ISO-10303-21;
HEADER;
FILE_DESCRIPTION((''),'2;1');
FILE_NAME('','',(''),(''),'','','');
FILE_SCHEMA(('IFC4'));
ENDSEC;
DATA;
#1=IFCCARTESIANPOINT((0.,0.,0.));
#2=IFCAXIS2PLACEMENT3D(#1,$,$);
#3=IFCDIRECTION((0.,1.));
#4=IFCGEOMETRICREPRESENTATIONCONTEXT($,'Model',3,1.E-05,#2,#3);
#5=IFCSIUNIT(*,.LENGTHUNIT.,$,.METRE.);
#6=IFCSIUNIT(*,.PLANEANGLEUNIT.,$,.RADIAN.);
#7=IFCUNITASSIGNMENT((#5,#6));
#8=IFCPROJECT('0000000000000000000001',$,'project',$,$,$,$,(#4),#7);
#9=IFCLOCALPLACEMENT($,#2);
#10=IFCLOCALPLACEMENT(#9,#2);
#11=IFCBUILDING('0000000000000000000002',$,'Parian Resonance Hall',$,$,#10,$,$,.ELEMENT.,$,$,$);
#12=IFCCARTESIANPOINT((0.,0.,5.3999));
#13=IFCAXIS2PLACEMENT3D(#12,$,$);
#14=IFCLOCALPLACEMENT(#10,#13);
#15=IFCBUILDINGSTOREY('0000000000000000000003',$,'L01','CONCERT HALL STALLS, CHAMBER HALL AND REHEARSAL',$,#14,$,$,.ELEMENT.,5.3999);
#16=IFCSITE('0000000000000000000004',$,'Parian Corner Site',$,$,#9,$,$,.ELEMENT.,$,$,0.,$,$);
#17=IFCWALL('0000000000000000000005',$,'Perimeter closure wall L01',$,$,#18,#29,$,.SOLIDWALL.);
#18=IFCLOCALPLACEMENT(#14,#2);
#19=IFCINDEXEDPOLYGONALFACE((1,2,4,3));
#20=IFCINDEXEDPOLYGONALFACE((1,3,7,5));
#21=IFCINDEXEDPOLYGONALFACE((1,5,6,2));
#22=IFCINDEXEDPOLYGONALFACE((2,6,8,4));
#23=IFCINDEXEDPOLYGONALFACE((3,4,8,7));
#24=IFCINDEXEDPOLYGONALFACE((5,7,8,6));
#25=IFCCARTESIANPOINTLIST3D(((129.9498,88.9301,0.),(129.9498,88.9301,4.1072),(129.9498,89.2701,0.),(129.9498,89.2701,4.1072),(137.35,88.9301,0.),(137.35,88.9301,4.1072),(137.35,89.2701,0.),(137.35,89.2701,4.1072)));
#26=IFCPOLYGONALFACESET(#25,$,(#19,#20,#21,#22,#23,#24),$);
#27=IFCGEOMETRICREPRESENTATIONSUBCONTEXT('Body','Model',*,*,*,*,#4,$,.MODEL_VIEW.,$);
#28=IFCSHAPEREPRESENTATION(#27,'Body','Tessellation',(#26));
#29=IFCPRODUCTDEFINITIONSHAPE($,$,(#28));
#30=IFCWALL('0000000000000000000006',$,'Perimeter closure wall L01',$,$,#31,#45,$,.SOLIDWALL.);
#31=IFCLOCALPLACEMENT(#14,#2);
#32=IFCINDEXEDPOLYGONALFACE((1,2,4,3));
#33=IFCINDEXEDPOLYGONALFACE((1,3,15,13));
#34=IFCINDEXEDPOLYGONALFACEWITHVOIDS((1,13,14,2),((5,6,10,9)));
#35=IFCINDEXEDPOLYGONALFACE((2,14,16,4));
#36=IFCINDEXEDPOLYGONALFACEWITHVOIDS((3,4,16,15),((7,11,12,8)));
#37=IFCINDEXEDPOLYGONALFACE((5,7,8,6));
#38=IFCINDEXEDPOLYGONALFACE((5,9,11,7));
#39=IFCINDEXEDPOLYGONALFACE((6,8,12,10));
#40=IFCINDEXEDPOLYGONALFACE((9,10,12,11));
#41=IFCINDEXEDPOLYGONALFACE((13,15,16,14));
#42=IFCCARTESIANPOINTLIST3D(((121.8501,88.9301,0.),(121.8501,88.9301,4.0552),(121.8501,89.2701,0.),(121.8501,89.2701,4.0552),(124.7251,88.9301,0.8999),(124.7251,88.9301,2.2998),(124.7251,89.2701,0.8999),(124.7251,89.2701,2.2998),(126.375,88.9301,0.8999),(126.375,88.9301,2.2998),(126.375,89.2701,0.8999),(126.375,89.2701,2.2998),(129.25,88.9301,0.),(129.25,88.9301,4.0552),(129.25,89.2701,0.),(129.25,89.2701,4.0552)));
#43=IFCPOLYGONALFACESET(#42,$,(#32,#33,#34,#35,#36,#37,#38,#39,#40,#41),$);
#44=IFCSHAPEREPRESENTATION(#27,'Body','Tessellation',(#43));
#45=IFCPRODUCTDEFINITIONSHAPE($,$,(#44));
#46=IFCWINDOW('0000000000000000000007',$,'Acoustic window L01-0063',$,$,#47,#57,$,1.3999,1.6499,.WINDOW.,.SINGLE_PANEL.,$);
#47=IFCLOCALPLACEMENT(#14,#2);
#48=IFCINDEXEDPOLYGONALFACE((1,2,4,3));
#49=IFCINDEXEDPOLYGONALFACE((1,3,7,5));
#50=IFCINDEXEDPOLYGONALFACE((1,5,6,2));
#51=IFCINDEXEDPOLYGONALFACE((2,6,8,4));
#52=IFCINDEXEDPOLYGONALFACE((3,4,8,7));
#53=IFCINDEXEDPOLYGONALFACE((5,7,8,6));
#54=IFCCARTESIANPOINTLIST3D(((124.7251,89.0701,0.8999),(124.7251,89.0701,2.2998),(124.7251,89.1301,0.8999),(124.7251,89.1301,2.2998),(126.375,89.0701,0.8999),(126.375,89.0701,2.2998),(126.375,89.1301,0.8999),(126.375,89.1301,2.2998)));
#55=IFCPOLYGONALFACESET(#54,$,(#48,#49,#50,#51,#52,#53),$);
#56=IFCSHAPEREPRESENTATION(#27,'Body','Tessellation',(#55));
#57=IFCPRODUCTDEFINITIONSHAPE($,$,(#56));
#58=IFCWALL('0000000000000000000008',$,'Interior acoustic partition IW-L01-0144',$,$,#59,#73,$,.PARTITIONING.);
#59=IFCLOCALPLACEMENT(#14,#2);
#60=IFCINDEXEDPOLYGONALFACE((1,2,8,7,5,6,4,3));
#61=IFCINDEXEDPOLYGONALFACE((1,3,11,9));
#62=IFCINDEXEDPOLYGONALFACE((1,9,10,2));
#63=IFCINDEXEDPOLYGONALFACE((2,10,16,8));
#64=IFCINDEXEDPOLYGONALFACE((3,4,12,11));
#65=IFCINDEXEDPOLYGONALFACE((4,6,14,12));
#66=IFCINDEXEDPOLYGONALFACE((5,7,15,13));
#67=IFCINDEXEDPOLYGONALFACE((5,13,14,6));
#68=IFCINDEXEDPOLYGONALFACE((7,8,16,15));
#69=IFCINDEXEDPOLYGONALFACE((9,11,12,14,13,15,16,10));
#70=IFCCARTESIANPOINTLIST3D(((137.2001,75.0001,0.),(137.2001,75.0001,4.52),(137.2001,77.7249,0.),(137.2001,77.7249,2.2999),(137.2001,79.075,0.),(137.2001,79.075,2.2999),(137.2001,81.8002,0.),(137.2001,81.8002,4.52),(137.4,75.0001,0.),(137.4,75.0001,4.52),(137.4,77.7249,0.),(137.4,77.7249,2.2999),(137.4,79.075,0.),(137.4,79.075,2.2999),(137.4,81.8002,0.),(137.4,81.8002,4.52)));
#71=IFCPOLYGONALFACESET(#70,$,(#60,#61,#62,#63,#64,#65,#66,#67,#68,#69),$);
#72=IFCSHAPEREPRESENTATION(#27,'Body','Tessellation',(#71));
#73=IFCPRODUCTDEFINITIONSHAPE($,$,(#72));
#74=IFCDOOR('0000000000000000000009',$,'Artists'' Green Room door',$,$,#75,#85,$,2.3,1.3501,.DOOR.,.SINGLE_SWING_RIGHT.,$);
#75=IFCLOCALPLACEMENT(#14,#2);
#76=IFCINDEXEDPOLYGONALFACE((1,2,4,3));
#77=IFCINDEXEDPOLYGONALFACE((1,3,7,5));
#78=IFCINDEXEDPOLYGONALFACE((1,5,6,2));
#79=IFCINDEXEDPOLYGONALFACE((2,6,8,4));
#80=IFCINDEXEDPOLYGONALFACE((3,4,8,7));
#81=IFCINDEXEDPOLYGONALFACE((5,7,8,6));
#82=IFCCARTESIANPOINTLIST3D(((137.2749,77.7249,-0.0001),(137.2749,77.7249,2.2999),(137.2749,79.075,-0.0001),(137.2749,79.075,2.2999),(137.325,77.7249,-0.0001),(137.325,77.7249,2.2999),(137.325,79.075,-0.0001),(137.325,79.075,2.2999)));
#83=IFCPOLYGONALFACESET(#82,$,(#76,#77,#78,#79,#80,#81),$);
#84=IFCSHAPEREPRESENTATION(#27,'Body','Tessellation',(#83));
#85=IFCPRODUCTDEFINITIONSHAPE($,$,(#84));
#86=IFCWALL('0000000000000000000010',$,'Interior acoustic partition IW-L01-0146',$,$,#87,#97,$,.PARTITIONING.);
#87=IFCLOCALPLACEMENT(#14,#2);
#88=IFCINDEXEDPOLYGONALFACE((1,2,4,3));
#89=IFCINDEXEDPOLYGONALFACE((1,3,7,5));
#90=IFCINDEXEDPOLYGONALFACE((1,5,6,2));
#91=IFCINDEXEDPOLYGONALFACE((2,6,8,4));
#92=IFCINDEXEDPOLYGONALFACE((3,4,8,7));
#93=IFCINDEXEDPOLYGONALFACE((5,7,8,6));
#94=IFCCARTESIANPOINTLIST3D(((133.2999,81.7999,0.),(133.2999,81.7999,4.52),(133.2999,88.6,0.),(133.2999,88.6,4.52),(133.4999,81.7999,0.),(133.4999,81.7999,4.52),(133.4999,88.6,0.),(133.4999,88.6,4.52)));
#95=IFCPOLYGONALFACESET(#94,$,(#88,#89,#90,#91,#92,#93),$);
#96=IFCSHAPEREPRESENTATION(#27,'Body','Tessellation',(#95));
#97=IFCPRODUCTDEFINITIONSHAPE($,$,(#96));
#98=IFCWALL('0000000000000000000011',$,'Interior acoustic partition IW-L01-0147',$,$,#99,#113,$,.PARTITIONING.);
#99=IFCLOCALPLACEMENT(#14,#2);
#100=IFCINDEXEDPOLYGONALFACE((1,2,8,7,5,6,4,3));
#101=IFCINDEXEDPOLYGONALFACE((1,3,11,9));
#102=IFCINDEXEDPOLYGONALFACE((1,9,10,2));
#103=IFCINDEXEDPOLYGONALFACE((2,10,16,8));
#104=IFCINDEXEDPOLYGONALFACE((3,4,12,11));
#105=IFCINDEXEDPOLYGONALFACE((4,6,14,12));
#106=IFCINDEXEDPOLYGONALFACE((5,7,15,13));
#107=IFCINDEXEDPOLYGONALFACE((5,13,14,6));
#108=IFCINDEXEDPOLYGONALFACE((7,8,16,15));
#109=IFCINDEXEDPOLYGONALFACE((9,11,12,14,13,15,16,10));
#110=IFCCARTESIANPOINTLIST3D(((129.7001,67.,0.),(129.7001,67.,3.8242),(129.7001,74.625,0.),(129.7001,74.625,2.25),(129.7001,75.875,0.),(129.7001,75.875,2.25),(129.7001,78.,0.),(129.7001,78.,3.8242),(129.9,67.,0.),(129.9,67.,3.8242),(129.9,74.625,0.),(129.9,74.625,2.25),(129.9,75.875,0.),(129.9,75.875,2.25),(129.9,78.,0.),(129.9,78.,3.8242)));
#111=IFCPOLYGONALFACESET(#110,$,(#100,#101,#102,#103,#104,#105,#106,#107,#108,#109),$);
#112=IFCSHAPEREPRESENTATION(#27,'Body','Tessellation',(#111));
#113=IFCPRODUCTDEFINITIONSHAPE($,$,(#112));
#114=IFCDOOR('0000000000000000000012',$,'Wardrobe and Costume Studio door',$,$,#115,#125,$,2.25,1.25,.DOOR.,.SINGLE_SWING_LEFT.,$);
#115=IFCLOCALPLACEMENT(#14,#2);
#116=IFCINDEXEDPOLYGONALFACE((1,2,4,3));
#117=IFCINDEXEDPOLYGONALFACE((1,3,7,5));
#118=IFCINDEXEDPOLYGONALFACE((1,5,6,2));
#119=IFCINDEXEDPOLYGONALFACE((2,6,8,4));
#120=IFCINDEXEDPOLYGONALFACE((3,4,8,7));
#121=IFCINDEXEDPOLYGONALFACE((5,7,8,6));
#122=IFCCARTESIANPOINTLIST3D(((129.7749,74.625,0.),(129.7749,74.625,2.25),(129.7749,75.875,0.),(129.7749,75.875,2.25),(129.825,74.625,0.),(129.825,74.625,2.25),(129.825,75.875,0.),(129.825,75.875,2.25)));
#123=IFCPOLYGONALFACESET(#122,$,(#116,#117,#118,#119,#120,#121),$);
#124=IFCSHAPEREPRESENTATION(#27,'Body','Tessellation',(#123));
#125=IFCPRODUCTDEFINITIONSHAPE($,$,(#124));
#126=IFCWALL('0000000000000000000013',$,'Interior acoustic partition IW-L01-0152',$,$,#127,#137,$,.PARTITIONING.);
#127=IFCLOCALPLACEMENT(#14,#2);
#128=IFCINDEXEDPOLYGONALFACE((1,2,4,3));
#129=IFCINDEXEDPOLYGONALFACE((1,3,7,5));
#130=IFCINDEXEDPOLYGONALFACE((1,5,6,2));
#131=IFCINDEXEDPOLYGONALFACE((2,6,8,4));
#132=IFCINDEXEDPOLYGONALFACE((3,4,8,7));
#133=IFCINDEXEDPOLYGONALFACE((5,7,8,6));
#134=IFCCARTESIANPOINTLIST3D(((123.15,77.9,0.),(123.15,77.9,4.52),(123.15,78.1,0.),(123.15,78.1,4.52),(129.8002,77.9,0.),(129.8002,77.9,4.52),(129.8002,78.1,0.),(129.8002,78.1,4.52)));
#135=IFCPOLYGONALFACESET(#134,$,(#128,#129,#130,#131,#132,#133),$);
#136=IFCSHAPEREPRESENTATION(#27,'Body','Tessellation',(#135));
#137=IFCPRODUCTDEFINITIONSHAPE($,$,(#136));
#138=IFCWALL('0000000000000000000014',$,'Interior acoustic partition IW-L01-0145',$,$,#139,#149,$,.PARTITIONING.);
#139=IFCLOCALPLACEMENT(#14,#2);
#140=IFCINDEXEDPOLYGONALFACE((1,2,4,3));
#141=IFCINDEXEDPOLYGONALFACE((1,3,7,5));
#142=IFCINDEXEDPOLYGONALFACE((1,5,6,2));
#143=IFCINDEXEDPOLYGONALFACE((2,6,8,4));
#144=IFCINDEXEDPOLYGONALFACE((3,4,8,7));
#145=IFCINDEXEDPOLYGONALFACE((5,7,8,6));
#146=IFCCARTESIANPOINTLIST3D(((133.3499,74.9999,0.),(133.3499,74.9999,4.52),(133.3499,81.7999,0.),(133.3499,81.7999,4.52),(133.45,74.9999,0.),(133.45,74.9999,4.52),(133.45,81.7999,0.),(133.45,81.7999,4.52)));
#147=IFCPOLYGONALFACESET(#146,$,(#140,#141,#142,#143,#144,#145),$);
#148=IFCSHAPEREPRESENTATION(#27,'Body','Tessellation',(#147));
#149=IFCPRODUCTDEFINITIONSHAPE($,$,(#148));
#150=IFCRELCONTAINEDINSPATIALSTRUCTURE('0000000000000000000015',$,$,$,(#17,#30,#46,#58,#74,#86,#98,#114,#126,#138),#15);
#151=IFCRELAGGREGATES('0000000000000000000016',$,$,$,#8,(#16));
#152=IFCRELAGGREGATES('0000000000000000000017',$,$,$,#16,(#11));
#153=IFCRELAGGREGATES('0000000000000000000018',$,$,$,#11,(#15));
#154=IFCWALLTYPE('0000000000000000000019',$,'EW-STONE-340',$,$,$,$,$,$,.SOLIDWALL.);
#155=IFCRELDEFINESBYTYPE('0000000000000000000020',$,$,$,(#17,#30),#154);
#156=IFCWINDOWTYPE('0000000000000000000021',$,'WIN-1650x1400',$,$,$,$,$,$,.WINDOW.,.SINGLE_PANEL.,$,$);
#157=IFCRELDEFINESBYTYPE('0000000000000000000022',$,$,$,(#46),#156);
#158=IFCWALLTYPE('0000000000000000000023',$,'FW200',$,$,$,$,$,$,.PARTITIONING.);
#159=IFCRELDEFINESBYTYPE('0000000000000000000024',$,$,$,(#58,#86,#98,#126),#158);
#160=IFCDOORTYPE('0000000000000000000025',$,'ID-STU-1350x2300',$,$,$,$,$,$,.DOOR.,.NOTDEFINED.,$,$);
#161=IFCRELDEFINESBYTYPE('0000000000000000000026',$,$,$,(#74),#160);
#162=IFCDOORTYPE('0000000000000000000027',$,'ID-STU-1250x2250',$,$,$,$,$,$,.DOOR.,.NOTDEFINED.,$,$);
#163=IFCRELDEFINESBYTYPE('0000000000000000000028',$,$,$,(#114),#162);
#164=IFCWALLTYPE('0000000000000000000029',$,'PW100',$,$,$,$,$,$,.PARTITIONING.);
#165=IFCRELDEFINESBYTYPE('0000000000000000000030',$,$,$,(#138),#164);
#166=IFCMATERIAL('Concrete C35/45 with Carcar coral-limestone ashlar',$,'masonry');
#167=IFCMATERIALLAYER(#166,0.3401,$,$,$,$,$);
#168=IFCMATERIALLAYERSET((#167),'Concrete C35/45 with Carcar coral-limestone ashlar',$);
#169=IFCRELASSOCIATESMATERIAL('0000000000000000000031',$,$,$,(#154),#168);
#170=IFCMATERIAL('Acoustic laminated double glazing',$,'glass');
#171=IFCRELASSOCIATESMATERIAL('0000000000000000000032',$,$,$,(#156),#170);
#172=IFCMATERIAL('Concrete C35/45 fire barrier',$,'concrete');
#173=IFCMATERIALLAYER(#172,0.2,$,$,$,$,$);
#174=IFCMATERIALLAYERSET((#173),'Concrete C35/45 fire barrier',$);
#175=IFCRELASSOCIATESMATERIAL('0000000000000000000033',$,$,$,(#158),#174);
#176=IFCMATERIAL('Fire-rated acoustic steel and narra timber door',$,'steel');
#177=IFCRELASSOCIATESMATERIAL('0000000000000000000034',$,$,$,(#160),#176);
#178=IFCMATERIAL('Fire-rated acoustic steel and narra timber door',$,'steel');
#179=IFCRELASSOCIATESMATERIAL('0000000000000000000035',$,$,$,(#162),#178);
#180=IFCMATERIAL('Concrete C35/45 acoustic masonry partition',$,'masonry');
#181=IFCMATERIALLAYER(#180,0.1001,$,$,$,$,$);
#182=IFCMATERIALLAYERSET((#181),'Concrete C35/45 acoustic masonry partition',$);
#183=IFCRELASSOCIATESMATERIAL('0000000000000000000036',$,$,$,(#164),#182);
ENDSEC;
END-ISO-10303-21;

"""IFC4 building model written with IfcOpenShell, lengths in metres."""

from ifc_helpers import new_model, si_unit, direction, frame, frame_2d, origin, place, context, subcontext, project, spatial, rectangle, extrude, material, layer, layer_set, type_object, element, fill, save


model = new_model("IFC4")

# Units and contexts
model_context = context("Model", 3, precision=1e-05, world=origin(), true_north=direction((0.0, 1.0)))
body_context = subcontext(model_context, "Body", "Model", "MODEL_VIEW")
ifc_project = project(units=[si_unit("LENGTHUNIT", "METRE"), si_unit("PLANEANGLEUNIT", "RADIAN")], contexts=[model_context])

# Site, building, storey
site_placement = place(None, origin())
site = spatial("IfcSite", under=ifc_project, at=site_placement, Name="Parian Corner Site", CompositionType="ELEMENT", RefElevation=0.0)
building_placement = place(site_placement, origin())
building = spatial("IfcBuilding", under=site, at=building_placement, Name="Parian Resonance Hall", CompositionType="ELEMENT")
storey_placement = place(building_placement, frame((0.0, 0.0, 5.3999)))
storey = spatial("IfcBuildingStorey", under=building, at=storey_placement, Name="L01", Description="CONCERT HALL STALLS, CHAMBER HALL AND REHEARSAL", CompositionType="ELEMENT", Elevation=5.3999)

# Wall
ifc_material_1 = material(Name="Concrete C35/45 with Carcar coral-limestone ashlar", Category="masonry")
ifc_layer_1 = layer(ifc_material_1, 0.3401)
ifc_layer_set_1 = layer_set([ifc_layer_1], Name="Concrete C35/45 with Carcar coral-limestone ashlar")
wall_type_1 = type_object("IfcWallType", Name="EW-STONE-340", PredefinedType="SOLIDWALL", material=ifc_layer_set_1)
wall_1_placement = place(storey_placement, frame((137.3501, 89.1001, 0.0), z_axis=(0.0, 0.0, 1.0), x_axis=(-1.0, 0.0, 0.0)))
element("IfcWall", 1, at=wall_1_placement, inside=storey, type_object=wall_type_1, Name="Perimeter closure wall L01", PredefinedType="SOLIDWALL", context=body_context, shape_type="SweptSolid", body=[
    extrude(rectangle(XDim=7.4001, YDim=0.3401, at=frame_2d((3.7002, 0.0))), origin(), (0.0, 0.0, 1.0), 4.1072),
])

# Wall, opening, window
wall_2_placement = place(storey_placement, frame((129.25, 89.1001, 0.0), z_axis=(0.0, 0.0, 1.0), x_axis=(-1.0, 0.0, 0.0)))
wall_2 = element("IfcWall", 2, at=wall_2_placement, inside=storey, type_object=wall_type_1, Name="Perimeter closure wall L01", PredefinedType="SOLIDWALL", context=body_context, shape_type="SweptSolid", body=[
    extrude(rectangle(XDim=7.3999, YDim=0.3401, at=frame_2d((3.7, 0.0))), origin(), (0.0, 0.0, 1.0), 4.0552),
])
opening_1_placement = place(wall_2_placement, frame((2.875, 0.0, 0.8999)))
opening_1 = element("IfcOpeningElement", 3, at=opening_1_placement, cuts=wall_2, PredefinedType="OPENING", context=body_context, shape_type="SweptSolid", body=[
    extrude(rectangle(XDim=1.6499, YDim=1.3999, at=frame_2d((0.825, 0.7))), frame((0.0, 0.1799, 0.0), z_axis=(0.0, -1.0, 0.0), x_axis=(1.0, 0.0, 0.0)), (0.0, 0.0, 1.0), 0.3601),
])
ifc_material_2 = material(Name="Acoustic laminated double glazing", Category="glass")
window_type = type_object("IfcWindowType", Name="WIN-1650x1400", PartitioningType="SINGLE_PANEL", PredefinedType="WINDOW", material=ifc_material_2)
window_placement = place(opening_1_placement, origin())
window = element("IfcWindow", 4, at=window_placement, inside=storey, type_object=window_type, Name="Acoustic window L01-0063", OverallHeight=1.3999, OverallWidth=1.6499, PartitioningType="SINGLE_PANEL", PredefinedType="WINDOW", context=body_context, shape_type="SweptSolid", body=[
    extrude(rectangle(XDim=1.6499, YDim=1.3999, at=frame_2d((0.825, 0.7))), frame((0.0, 0.03, 0.0), z_axis=(0.0, -1.0, 0.0), x_axis=(1.0, 0.0, 0.0)), (0.0, 0.0, 1.0), 0.0601),
])
fill(opening_1, window)

# Wall, opening, door
ifc_material_3 = material(Name="Concrete C35/45 fire barrier", Category="concrete")
ifc_layer_2 = layer(ifc_material_3, 0.2)
ifc_layer_set_2 = layer_set([ifc_layer_2], Name="Concrete C35/45 fire barrier")
wall_type_2 = type_object("IfcWallType", Name="FW200", PredefinedType="PARTITIONING", material=ifc_layer_set_2)
wall_3_placement = place(storey_placement, frame((137.3, 81.8, 0.0), z_axis=(0.0, 0.0, 1.0), x_axis=(0.0, -1.0, 0.0)))
wall_3 = element("IfcWall", 5, at=wall_3_placement, inside=storey, type_object=wall_type_2, Name="Interior acoustic partition IW-L01-0144", PredefinedType="PARTITIONING", context=body_context, shape_type="SweptSolid", body=[
    extrude(rectangle(XDim=6.8, YDim=0.2, at=frame_2d((3.3999, 0.0))), origin(), (0.0, 0.0, 1.0), 4.52),
])
opening_2_placement = place(wall_3_placement, frame((2.7251, 0.0, 0.0)))
opening_2 = element("IfcOpeningElement", 6, at=opening_2_placement, cuts=wall_3, PredefinedType="OPENING", context=body_context, shape_type="SweptSolid", body=[
    extrude(rectangle(XDim=1.3501, YDim=2.3, at=frame_2d((0.675, 1.1499))), frame((0.0, 0.1099, 0.0), z_axis=(0.0, -1.0, 0.0), x_axis=(1.0, 0.0, 0.0)), (0.0, 0.0, 1.0), 0.22),
])
ifc_material_4 = material(Name="Fire-rated acoustic steel and narra timber door", Category="steel")
door_type_1 = type_object("IfcDoorType", Name="ID-STU-1350x2300", OperationType="NOTDEFINED", PredefinedType="DOOR", material=ifc_material_4)
door_1_placement = place(opening_2_placement, origin())
door_1 = element("IfcDoor", 7, at=door_1_placement, inside=storey, type_object=door_type_1, Name="Artists' Green Room door", OperationType="SINGLE_SWING_RIGHT", OverallHeight=2.3, OverallWidth=1.3501, PredefinedType="DOOR", context=body_context, shape_type="SweptSolid", body=[
    extrude(rectangle(XDim=1.3501, YDim=2.3, at=frame_2d((0.675, 1.1499))), frame((0.0, 0.0249, 0.0), z_axis=(0.0, -1.0, 0.0), x_axis=(1.0, 0.0, 0.0)), (0.0, 0.0, 1.0), 0.05),
])
fill(opening_2, door_1)

# Wall
wall_4_placement = place(storey_placement, frame((133.3999, 81.8, 0.0), z_axis=(0.0, 0.0, 1.0), x_axis=(0.0, 1.0, 0.0)))
element("IfcWall", 8, at=wall_4_placement, inside=storey, type_object=wall_type_2, Name="Interior acoustic partition IW-L01-0146", PredefinedType="PARTITIONING", context=body_context, shape_type="SweptSolid", body=[
    extrude(rectangle(XDim=6.8, YDim=0.2, at=frame_2d((3.3999, 0.0))), origin(), (0.0, 0.0, 1.0), 4.52),
])

# Wall, opening, door
wall_5_placement = place(storey_placement, frame((129.8, 78.0, 0.0), z_axis=(0.0, 0.0, 1.0), x_axis=(0.0, -1.0, 0.0)))
wall_5 = element("IfcWall", 9, at=wall_5_placement, inside=storey, type_object=wall_type_2, Name="Interior acoustic partition IW-L01-0147", PredefinedType="PARTITIONING", context=body_context, shape_type="SweptSolid", body=[
    extrude(rectangle(XDim=11.0, YDim=0.2, at=frame_2d((5.5, 0.0))), origin(), (0.0, 0.0, 1.0), 3.8242),
])
opening_3_placement = place(wall_5_placement, frame((2.125, 0.0, 0.0)))
opening_3 = element("IfcOpeningElement", 10, at=opening_3_placement, cuts=wall_5, PredefinedType="OPENING", context=body_context, shape_type="SweptSolid", body=[
    extrude(rectangle(XDim=1.25, YDim=2.25, at=frame_2d((0.625, 1.125))), frame((0.0, 0.1099, 0.0), z_axis=(0.0, -1.0, 0.0), x_axis=(1.0, 0.0, 0.0)), (0.0, 0.0, 1.0), 0.22),
])
ifc_material_5 = material(Name="Fire-rated acoustic steel and narra timber door", Category="steel")
door_type_2 = type_object("IfcDoorType", Name="ID-STU-1250x2250", OperationType="NOTDEFINED", PredefinedType="DOOR", material=ifc_material_5)
door_2_placement = place(opening_3_placement, origin())
door_2 = element("IfcDoor", 11, at=door_2_placement, inside=storey, type_object=door_type_2, Name="Wardrobe and Costume Studio door", OperationType="SINGLE_SWING_LEFT", OverallHeight=2.25, OverallWidth=1.25, PredefinedType="DOOR", context=body_context, shape_type="SweptSolid", body=[
    extrude(rectangle(XDim=1.25, YDim=2.25, at=frame_2d((0.625, 1.125))), frame((0.0, 0.0249, 0.0), z_axis=(0.0, -1.0, 0.0), x_axis=(1.0, 0.0, 0.0)), (0.0, 0.0, 1.0), 0.05),
])
fill(opening_3, door_2)

# Walls
wall_6_placement = place(storey_placement, frame((123.1499, 78.0, 0.0), z_axis=(0.0, 0.0, 1.0), x_axis=(1.0, 0.0, 0.0)))
element("IfcWall", 12, at=wall_6_placement, inside=storey, type_object=wall_type_2, Name="Interior acoustic partition IW-L01-0152", PredefinedType="PARTITIONING", context=body_context, shape_type="SweptSolid", body=[
    extrude(rectangle(XDim=6.6501, YDim=0.2, at=frame_2d((3.3252, 0.0))), origin(), (0.0, 0.0, 1.0), 4.52),
])
ifc_material_6 = material(Name="Concrete C35/45 acoustic masonry partition", Category="masonry")
ifc_layer_3 = layer(ifc_material_6, 0.1001)
ifc_layer_set_3 = layer_set([ifc_layer_3], Name="Concrete C35/45 acoustic masonry partition")
wall_type_3 = type_object("IfcWallType", Name="PW100", PredefinedType="PARTITIONING", material=ifc_layer_set_3)
wall_7_placement = place(storey_placement, frame((133.3999, 75.0, 0.0), z_axis=(0.0, 0.0, 1.0), x_axis=(0.0, 1.0, 0.0)))
element("IfcWall", 13, at=wall_7_placement, inside=storey, type_object=wall_type_3, Name="Interior acoustic partition IW-L01-0145", PredefinedType="PARTITIONING", context=body_context, shape_type="SweptSolid", body=[
    extrude(rectangle(XDim=6.8, YDim=0.1001, at=frame_2d((3.3999, 0.0))), origin(), (0.0, 0.0, 1.0), 4.52),
])

save(model, "model.ifc")
